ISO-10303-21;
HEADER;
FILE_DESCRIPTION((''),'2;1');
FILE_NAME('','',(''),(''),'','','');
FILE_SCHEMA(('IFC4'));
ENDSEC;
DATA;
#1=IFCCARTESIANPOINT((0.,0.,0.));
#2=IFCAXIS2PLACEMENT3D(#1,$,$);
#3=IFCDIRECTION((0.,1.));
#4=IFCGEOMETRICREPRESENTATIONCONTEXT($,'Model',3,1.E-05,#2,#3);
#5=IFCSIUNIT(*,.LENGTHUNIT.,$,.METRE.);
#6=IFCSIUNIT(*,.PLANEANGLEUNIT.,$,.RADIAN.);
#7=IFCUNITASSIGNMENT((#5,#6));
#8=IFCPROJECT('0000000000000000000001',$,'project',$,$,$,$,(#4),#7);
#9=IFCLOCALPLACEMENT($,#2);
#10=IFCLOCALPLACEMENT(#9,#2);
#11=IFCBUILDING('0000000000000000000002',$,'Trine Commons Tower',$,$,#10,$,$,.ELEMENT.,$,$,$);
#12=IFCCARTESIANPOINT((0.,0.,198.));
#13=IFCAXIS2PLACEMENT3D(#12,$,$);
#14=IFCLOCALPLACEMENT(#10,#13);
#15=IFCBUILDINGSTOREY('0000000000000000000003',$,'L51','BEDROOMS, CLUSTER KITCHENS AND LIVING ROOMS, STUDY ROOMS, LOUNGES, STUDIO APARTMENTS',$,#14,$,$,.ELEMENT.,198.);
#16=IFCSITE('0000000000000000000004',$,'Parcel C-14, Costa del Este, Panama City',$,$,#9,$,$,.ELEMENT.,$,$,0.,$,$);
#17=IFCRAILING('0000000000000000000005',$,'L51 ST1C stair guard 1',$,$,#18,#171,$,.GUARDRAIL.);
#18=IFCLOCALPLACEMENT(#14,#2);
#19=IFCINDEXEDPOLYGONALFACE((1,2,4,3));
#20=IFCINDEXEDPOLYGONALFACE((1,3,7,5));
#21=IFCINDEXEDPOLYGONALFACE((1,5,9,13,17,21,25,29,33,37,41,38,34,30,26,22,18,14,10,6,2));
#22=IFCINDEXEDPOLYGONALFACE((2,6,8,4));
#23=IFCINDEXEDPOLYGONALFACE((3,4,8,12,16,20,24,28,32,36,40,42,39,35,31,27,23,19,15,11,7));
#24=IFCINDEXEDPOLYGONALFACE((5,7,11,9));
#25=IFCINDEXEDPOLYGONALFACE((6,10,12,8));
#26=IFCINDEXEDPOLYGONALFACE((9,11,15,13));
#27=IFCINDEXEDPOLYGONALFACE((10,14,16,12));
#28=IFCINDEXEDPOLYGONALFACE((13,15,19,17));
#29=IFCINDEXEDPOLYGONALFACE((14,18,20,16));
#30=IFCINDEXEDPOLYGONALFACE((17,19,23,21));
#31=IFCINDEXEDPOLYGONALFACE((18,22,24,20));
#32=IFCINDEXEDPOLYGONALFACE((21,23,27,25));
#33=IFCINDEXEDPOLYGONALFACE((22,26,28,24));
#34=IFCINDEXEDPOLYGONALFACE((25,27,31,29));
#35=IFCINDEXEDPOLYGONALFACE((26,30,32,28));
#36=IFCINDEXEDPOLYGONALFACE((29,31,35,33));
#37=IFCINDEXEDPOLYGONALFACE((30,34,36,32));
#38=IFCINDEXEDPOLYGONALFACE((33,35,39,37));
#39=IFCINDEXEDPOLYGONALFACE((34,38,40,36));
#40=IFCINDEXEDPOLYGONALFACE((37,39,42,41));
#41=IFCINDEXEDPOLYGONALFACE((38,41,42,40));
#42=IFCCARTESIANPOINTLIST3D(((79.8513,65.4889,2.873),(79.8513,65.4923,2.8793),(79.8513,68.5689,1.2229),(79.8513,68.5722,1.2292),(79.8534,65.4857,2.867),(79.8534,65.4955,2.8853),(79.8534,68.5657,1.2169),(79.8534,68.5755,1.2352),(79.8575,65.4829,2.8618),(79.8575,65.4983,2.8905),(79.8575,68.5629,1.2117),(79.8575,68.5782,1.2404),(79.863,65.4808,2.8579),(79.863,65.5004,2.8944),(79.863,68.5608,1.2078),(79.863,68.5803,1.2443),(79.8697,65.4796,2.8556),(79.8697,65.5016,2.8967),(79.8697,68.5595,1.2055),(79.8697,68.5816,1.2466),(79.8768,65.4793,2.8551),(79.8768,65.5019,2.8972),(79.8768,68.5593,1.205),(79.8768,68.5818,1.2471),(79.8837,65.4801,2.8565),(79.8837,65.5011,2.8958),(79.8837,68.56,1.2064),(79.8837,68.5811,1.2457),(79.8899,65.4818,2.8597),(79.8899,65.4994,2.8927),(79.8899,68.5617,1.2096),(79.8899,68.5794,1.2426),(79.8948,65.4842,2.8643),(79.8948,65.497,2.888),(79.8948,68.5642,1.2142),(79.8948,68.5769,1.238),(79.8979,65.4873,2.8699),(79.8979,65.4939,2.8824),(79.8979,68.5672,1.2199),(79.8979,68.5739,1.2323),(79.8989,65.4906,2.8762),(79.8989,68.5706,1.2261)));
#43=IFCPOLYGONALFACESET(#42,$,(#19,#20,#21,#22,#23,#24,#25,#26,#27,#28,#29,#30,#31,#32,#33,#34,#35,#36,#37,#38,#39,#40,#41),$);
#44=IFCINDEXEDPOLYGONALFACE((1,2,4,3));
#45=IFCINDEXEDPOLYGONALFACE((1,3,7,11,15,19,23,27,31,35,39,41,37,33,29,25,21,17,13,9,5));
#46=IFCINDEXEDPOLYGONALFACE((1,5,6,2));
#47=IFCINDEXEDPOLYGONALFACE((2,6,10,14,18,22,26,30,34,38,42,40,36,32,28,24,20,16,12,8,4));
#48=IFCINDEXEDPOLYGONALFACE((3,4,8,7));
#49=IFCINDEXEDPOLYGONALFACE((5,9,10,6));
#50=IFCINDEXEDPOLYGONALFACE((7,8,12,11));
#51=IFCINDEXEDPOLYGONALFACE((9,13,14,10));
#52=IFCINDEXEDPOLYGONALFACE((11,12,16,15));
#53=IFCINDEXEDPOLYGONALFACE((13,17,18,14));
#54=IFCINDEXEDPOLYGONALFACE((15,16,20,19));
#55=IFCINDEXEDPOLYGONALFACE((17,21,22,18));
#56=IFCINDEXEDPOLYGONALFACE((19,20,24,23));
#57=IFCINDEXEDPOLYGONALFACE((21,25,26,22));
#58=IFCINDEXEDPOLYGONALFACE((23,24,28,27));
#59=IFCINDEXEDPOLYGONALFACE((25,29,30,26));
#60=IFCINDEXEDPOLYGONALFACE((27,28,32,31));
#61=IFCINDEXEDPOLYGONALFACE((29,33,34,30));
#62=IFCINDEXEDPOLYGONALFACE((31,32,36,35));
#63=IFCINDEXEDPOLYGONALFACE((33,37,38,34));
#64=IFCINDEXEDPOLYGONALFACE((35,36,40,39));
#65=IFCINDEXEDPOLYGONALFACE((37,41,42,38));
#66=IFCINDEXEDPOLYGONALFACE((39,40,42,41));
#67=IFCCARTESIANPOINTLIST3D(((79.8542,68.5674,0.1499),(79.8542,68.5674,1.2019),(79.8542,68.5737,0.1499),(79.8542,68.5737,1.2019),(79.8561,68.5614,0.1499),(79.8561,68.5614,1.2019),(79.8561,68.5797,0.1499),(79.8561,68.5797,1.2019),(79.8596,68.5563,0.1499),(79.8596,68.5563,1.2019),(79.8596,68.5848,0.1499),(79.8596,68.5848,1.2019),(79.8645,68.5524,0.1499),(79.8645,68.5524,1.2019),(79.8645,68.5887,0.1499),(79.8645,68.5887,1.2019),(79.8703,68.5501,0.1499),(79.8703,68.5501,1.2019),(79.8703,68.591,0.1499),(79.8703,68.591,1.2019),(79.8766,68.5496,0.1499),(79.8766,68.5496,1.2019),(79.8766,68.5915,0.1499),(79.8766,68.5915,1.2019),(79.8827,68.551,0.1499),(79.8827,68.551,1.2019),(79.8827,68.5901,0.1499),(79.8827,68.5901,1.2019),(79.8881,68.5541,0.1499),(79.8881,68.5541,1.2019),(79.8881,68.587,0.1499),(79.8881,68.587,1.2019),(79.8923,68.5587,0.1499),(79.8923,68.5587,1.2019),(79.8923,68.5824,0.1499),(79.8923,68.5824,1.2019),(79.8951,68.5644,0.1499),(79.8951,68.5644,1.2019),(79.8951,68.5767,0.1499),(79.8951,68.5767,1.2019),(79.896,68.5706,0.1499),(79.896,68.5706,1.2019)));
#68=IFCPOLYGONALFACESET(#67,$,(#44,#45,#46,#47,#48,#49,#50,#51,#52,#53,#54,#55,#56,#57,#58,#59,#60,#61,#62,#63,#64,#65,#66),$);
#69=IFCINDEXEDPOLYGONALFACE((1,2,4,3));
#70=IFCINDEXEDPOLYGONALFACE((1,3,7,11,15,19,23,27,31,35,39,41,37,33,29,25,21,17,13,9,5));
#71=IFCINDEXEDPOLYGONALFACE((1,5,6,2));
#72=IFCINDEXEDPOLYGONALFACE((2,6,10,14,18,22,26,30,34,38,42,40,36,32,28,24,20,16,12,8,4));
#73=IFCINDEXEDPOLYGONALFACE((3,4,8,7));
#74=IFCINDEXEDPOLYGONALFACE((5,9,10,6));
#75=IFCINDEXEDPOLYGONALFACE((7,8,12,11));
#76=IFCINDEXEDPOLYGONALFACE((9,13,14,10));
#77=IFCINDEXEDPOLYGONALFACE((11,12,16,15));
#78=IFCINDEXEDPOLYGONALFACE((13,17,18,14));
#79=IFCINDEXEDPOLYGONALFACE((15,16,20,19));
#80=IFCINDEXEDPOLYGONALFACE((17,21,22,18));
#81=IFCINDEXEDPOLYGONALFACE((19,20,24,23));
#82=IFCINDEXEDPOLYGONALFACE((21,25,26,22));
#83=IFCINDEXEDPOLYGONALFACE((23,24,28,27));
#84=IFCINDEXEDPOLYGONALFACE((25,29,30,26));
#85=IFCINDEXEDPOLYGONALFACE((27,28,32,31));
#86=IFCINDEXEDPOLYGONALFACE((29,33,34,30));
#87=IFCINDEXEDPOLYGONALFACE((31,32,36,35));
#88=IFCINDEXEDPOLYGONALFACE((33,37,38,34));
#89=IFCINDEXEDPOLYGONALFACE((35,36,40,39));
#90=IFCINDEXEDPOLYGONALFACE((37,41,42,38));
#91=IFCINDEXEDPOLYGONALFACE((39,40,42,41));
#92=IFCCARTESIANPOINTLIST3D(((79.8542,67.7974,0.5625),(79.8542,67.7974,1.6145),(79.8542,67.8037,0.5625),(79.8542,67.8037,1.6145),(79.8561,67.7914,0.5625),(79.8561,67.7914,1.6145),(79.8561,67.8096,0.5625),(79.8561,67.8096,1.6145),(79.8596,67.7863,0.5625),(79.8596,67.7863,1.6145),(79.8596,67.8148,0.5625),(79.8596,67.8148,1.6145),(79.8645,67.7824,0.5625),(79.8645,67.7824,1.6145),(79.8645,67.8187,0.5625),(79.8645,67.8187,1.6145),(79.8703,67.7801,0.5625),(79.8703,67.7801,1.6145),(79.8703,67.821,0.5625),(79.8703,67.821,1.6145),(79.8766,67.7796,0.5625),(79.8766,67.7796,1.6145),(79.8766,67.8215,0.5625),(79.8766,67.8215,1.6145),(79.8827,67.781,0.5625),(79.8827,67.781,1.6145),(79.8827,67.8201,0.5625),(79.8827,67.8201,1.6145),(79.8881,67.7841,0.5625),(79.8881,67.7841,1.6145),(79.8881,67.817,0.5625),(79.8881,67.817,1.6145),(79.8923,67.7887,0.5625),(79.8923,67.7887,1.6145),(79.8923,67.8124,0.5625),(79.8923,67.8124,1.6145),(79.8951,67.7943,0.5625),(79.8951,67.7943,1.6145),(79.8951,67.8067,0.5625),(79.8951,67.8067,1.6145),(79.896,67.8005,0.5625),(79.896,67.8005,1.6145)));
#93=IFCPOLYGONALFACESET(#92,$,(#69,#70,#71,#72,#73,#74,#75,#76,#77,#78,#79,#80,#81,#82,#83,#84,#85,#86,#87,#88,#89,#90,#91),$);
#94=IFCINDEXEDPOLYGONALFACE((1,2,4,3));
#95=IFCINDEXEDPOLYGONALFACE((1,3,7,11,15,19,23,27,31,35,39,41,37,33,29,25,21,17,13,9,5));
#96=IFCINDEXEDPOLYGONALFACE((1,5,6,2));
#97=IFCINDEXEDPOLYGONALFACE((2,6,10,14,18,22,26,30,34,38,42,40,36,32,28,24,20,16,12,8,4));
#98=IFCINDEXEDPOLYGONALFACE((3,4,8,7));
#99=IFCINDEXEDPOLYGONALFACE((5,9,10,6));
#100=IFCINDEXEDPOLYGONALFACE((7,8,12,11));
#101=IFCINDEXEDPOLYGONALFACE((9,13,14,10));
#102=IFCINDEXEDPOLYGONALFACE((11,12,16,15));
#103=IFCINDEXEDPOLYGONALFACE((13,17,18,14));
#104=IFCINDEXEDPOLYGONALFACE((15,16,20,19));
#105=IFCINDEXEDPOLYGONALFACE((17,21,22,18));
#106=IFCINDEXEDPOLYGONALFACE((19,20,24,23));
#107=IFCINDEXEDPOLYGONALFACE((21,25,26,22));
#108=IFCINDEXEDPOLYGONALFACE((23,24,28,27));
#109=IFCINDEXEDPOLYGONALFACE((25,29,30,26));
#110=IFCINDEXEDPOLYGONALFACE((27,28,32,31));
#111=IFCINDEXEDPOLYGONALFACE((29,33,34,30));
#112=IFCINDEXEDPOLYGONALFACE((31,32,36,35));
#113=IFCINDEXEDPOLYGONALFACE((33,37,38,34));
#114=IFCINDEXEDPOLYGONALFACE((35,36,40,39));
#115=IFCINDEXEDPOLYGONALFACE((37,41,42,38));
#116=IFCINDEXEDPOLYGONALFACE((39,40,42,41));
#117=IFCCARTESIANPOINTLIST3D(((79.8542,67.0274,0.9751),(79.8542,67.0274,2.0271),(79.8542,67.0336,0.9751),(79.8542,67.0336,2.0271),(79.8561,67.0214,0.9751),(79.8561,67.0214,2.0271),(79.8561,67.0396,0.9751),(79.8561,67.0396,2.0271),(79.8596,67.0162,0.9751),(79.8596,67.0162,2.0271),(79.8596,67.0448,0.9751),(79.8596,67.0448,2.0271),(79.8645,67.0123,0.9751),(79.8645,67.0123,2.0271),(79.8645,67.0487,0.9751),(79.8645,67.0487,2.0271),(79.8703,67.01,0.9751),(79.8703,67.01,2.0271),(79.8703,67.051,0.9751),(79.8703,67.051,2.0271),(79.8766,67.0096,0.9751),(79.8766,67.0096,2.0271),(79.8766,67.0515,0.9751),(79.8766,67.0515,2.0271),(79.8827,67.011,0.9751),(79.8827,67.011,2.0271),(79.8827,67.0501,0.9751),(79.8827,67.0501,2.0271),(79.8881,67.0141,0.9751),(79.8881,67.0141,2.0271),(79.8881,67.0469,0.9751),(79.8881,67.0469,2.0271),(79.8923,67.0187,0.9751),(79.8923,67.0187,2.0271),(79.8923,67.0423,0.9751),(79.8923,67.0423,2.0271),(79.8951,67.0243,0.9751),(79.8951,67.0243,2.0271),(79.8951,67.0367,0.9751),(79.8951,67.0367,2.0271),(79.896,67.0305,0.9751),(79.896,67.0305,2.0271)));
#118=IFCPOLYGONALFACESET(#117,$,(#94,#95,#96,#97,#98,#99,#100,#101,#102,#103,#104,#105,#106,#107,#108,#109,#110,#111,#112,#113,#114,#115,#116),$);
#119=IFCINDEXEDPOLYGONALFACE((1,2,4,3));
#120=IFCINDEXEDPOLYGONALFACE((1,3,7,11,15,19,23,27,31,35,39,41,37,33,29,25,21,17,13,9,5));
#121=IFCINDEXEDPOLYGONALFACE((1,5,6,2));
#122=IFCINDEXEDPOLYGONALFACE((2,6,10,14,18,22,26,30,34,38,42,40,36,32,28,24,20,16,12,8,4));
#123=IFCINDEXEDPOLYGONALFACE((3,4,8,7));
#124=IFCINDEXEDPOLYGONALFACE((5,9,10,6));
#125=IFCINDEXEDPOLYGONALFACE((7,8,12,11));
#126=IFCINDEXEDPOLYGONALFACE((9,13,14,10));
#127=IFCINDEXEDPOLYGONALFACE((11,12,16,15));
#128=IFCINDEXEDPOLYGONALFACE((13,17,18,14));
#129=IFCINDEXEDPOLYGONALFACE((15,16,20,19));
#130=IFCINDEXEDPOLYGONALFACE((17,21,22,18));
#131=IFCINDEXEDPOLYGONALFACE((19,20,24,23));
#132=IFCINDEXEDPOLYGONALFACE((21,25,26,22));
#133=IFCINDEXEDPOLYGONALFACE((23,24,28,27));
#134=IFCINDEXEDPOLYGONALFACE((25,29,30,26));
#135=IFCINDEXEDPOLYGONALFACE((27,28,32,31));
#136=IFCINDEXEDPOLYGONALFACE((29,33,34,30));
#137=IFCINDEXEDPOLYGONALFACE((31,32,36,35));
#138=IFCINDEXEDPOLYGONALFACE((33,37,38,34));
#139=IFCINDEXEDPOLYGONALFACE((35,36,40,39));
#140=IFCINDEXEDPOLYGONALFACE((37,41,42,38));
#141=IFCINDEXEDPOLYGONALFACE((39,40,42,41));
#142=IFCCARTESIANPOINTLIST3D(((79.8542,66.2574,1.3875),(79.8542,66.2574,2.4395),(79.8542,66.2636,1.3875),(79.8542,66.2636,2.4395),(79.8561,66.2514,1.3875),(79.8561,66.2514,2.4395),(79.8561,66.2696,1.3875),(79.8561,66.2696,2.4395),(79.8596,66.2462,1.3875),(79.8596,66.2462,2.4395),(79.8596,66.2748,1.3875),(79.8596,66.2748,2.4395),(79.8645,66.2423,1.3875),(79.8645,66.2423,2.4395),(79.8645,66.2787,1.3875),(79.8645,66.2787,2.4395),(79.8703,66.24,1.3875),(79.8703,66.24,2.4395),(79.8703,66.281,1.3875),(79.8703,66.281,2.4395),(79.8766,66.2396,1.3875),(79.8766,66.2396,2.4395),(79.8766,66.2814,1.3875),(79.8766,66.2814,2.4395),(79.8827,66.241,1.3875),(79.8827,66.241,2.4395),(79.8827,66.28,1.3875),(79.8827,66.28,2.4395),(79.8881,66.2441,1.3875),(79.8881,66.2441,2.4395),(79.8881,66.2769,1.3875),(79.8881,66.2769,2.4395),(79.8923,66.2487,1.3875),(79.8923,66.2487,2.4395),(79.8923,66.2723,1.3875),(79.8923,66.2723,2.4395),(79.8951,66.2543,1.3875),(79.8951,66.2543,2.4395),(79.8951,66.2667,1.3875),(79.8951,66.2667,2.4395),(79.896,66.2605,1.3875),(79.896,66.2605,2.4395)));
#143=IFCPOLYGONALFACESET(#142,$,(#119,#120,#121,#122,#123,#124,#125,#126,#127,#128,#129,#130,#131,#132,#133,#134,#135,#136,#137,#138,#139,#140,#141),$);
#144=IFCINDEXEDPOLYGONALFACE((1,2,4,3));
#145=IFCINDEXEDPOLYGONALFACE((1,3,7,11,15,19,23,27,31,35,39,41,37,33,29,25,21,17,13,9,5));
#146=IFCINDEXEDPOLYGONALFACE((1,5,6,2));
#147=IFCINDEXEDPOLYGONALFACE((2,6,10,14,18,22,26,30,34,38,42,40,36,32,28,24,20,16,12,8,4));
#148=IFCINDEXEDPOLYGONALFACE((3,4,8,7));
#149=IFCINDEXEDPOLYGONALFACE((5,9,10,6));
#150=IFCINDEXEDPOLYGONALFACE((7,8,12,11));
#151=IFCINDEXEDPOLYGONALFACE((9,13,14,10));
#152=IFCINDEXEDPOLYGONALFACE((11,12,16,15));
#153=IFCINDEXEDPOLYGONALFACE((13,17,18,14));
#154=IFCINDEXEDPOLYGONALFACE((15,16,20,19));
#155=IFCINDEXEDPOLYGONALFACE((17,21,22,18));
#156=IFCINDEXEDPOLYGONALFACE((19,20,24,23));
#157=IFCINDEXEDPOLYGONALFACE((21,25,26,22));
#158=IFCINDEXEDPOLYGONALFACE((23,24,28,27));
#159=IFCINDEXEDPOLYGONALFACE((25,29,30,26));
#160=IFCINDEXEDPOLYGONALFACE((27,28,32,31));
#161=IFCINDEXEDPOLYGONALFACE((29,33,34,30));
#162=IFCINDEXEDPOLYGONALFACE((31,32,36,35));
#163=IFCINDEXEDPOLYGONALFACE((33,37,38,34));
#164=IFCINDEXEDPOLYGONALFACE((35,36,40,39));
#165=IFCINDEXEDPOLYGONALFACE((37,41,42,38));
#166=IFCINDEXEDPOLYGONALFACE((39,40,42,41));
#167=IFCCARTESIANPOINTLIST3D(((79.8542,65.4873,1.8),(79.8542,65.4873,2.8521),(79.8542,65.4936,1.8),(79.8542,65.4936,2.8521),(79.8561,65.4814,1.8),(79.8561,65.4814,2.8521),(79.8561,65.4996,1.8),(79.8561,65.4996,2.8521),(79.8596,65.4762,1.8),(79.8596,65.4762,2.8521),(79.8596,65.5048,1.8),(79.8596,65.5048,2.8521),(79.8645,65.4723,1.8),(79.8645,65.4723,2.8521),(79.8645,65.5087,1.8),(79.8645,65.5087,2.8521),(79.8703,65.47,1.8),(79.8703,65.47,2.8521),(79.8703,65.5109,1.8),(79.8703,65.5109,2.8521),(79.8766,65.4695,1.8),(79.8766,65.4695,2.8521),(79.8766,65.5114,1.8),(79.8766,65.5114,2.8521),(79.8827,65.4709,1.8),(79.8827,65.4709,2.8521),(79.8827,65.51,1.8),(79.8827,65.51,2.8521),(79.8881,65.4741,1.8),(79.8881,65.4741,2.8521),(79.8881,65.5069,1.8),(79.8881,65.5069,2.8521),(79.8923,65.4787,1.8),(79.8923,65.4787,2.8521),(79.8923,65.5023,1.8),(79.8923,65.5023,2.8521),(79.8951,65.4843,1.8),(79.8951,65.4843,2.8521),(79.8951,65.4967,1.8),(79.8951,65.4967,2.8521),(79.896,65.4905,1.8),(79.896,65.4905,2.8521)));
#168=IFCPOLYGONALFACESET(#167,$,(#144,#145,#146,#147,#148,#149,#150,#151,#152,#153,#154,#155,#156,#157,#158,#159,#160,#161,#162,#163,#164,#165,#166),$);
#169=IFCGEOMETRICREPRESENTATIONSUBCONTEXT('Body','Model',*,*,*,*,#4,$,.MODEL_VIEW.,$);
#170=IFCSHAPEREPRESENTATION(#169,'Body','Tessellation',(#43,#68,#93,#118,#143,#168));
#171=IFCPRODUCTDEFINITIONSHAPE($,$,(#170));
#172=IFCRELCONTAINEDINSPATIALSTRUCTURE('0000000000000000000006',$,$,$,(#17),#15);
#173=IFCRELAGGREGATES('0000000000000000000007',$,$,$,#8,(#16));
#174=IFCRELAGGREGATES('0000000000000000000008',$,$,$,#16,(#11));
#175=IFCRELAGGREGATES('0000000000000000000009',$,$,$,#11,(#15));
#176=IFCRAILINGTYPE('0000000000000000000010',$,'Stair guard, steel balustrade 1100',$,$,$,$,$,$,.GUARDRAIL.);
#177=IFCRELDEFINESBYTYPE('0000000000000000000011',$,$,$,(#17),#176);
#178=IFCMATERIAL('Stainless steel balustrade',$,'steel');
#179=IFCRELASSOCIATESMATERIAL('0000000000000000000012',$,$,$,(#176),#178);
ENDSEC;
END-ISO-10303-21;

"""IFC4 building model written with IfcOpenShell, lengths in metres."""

from ifc_helpers import new_model, si_unit, direction, frame, origin, origin_2d, place, context, subcontext, project, spatial, circle, extrude, material, type_object, element, save


model = new_model("IFC4")

# Units and contexts
model_context = context("Model", 3, precision=1e-05, world=origin(), true_north=direction((0.0, 1.0)))
body_context = subcontext(model_context, "Body", "Model", "MODEL_VIEW")
ifc_project = project(units=[si_unit("LENGTHUNIT", "METRE"), si_unit("PLANEANGLEUNIT", "RADIAN")], contexts=[model_context])

# Site, building, storey
site_placement = place(None, origin())
site = spatial("IfcSite", under=ifc_project, at=site_placement, Name="Parcel C-14, Costa del Este, Panama City", CompositionType="ELEMENT", RefElevation=0.0)
building_placement = place(site_placement, origin())
building = spatial("IfcBuilding", under=site, at=building_placement, Name="Trine Commons Tower", CompositionType="ELEMENT")
storey_placement = place(building_placement, frame((0.0, 0.0, 198.0)))
storey = spatial("IfcBuildingStorey", under=building, at=storey_placement, Name="L51", Description="BEDROOMS, CLUSTER KITCHENS AND LIVING ROOMS, STUDY ROOMS, LOUNGES, STUDIO APARTMENTS", CompositionType="ELEMENT", Elevation=198.0)

# Railing
ifc_material_1 = material(Name="Stainless steel balustrade", Category="steel")
railing_type_1 = type_object("IfcRailingType", Name="Stair guard, steel balustrade 1100", PredefinedType="GUARDRAIL", material=ifc_material_1)
railing_1_placement = place(storey_placement, frame((79.875, 68.5706, 0.1499)))
element("IfcRailing", 1, at=railing_1_placement, inside=storey, type_object=railing_type_1, Name="L51 ST1C stair guard 1", PredefinedType="GUARDRAIL", context=body_context, shape_type="SweptSolid", body=[
    extrude(circle(Radius=0.0239, at=origin_2d()), frame((0.0, 0.0, 1.0762), z_axis=(0.0, -0.881468, 0.472245), x_axis=(1.0, 0.0, 0.0)), (0.0, 0.0, 1.0), 3.4941),
    extrude(circle(Radius=0.021, at=origin_2d()), origin(), (0.0, 0.0, 1.0), 1.052),
    extrude(circle(Radius=0.021, at=origin_2d()), frame((0.0, -0.77, 0.4126)), (0.0, 0.0, 1.0), 1.052),
    extrude(circle(Radius=0.021, at=origin_2d()), frame((0.0, -1.54, 0.8252)), (0.0, 0.0, 1.0), 1.052),
    extrude(circle(Radius=0.021, at=origin_2d()), frame((0.0, -2.3101, 1.2375)), (0.0, 0.0, 1.0), 1.052),
    extrude(circle(Radius=0.021, at=origin_2d()), frame((0.0, -3.0801, 1.6501)), (0.0, 0.0, 1.0), 1.052),
])

save(model, "model.ifc")
